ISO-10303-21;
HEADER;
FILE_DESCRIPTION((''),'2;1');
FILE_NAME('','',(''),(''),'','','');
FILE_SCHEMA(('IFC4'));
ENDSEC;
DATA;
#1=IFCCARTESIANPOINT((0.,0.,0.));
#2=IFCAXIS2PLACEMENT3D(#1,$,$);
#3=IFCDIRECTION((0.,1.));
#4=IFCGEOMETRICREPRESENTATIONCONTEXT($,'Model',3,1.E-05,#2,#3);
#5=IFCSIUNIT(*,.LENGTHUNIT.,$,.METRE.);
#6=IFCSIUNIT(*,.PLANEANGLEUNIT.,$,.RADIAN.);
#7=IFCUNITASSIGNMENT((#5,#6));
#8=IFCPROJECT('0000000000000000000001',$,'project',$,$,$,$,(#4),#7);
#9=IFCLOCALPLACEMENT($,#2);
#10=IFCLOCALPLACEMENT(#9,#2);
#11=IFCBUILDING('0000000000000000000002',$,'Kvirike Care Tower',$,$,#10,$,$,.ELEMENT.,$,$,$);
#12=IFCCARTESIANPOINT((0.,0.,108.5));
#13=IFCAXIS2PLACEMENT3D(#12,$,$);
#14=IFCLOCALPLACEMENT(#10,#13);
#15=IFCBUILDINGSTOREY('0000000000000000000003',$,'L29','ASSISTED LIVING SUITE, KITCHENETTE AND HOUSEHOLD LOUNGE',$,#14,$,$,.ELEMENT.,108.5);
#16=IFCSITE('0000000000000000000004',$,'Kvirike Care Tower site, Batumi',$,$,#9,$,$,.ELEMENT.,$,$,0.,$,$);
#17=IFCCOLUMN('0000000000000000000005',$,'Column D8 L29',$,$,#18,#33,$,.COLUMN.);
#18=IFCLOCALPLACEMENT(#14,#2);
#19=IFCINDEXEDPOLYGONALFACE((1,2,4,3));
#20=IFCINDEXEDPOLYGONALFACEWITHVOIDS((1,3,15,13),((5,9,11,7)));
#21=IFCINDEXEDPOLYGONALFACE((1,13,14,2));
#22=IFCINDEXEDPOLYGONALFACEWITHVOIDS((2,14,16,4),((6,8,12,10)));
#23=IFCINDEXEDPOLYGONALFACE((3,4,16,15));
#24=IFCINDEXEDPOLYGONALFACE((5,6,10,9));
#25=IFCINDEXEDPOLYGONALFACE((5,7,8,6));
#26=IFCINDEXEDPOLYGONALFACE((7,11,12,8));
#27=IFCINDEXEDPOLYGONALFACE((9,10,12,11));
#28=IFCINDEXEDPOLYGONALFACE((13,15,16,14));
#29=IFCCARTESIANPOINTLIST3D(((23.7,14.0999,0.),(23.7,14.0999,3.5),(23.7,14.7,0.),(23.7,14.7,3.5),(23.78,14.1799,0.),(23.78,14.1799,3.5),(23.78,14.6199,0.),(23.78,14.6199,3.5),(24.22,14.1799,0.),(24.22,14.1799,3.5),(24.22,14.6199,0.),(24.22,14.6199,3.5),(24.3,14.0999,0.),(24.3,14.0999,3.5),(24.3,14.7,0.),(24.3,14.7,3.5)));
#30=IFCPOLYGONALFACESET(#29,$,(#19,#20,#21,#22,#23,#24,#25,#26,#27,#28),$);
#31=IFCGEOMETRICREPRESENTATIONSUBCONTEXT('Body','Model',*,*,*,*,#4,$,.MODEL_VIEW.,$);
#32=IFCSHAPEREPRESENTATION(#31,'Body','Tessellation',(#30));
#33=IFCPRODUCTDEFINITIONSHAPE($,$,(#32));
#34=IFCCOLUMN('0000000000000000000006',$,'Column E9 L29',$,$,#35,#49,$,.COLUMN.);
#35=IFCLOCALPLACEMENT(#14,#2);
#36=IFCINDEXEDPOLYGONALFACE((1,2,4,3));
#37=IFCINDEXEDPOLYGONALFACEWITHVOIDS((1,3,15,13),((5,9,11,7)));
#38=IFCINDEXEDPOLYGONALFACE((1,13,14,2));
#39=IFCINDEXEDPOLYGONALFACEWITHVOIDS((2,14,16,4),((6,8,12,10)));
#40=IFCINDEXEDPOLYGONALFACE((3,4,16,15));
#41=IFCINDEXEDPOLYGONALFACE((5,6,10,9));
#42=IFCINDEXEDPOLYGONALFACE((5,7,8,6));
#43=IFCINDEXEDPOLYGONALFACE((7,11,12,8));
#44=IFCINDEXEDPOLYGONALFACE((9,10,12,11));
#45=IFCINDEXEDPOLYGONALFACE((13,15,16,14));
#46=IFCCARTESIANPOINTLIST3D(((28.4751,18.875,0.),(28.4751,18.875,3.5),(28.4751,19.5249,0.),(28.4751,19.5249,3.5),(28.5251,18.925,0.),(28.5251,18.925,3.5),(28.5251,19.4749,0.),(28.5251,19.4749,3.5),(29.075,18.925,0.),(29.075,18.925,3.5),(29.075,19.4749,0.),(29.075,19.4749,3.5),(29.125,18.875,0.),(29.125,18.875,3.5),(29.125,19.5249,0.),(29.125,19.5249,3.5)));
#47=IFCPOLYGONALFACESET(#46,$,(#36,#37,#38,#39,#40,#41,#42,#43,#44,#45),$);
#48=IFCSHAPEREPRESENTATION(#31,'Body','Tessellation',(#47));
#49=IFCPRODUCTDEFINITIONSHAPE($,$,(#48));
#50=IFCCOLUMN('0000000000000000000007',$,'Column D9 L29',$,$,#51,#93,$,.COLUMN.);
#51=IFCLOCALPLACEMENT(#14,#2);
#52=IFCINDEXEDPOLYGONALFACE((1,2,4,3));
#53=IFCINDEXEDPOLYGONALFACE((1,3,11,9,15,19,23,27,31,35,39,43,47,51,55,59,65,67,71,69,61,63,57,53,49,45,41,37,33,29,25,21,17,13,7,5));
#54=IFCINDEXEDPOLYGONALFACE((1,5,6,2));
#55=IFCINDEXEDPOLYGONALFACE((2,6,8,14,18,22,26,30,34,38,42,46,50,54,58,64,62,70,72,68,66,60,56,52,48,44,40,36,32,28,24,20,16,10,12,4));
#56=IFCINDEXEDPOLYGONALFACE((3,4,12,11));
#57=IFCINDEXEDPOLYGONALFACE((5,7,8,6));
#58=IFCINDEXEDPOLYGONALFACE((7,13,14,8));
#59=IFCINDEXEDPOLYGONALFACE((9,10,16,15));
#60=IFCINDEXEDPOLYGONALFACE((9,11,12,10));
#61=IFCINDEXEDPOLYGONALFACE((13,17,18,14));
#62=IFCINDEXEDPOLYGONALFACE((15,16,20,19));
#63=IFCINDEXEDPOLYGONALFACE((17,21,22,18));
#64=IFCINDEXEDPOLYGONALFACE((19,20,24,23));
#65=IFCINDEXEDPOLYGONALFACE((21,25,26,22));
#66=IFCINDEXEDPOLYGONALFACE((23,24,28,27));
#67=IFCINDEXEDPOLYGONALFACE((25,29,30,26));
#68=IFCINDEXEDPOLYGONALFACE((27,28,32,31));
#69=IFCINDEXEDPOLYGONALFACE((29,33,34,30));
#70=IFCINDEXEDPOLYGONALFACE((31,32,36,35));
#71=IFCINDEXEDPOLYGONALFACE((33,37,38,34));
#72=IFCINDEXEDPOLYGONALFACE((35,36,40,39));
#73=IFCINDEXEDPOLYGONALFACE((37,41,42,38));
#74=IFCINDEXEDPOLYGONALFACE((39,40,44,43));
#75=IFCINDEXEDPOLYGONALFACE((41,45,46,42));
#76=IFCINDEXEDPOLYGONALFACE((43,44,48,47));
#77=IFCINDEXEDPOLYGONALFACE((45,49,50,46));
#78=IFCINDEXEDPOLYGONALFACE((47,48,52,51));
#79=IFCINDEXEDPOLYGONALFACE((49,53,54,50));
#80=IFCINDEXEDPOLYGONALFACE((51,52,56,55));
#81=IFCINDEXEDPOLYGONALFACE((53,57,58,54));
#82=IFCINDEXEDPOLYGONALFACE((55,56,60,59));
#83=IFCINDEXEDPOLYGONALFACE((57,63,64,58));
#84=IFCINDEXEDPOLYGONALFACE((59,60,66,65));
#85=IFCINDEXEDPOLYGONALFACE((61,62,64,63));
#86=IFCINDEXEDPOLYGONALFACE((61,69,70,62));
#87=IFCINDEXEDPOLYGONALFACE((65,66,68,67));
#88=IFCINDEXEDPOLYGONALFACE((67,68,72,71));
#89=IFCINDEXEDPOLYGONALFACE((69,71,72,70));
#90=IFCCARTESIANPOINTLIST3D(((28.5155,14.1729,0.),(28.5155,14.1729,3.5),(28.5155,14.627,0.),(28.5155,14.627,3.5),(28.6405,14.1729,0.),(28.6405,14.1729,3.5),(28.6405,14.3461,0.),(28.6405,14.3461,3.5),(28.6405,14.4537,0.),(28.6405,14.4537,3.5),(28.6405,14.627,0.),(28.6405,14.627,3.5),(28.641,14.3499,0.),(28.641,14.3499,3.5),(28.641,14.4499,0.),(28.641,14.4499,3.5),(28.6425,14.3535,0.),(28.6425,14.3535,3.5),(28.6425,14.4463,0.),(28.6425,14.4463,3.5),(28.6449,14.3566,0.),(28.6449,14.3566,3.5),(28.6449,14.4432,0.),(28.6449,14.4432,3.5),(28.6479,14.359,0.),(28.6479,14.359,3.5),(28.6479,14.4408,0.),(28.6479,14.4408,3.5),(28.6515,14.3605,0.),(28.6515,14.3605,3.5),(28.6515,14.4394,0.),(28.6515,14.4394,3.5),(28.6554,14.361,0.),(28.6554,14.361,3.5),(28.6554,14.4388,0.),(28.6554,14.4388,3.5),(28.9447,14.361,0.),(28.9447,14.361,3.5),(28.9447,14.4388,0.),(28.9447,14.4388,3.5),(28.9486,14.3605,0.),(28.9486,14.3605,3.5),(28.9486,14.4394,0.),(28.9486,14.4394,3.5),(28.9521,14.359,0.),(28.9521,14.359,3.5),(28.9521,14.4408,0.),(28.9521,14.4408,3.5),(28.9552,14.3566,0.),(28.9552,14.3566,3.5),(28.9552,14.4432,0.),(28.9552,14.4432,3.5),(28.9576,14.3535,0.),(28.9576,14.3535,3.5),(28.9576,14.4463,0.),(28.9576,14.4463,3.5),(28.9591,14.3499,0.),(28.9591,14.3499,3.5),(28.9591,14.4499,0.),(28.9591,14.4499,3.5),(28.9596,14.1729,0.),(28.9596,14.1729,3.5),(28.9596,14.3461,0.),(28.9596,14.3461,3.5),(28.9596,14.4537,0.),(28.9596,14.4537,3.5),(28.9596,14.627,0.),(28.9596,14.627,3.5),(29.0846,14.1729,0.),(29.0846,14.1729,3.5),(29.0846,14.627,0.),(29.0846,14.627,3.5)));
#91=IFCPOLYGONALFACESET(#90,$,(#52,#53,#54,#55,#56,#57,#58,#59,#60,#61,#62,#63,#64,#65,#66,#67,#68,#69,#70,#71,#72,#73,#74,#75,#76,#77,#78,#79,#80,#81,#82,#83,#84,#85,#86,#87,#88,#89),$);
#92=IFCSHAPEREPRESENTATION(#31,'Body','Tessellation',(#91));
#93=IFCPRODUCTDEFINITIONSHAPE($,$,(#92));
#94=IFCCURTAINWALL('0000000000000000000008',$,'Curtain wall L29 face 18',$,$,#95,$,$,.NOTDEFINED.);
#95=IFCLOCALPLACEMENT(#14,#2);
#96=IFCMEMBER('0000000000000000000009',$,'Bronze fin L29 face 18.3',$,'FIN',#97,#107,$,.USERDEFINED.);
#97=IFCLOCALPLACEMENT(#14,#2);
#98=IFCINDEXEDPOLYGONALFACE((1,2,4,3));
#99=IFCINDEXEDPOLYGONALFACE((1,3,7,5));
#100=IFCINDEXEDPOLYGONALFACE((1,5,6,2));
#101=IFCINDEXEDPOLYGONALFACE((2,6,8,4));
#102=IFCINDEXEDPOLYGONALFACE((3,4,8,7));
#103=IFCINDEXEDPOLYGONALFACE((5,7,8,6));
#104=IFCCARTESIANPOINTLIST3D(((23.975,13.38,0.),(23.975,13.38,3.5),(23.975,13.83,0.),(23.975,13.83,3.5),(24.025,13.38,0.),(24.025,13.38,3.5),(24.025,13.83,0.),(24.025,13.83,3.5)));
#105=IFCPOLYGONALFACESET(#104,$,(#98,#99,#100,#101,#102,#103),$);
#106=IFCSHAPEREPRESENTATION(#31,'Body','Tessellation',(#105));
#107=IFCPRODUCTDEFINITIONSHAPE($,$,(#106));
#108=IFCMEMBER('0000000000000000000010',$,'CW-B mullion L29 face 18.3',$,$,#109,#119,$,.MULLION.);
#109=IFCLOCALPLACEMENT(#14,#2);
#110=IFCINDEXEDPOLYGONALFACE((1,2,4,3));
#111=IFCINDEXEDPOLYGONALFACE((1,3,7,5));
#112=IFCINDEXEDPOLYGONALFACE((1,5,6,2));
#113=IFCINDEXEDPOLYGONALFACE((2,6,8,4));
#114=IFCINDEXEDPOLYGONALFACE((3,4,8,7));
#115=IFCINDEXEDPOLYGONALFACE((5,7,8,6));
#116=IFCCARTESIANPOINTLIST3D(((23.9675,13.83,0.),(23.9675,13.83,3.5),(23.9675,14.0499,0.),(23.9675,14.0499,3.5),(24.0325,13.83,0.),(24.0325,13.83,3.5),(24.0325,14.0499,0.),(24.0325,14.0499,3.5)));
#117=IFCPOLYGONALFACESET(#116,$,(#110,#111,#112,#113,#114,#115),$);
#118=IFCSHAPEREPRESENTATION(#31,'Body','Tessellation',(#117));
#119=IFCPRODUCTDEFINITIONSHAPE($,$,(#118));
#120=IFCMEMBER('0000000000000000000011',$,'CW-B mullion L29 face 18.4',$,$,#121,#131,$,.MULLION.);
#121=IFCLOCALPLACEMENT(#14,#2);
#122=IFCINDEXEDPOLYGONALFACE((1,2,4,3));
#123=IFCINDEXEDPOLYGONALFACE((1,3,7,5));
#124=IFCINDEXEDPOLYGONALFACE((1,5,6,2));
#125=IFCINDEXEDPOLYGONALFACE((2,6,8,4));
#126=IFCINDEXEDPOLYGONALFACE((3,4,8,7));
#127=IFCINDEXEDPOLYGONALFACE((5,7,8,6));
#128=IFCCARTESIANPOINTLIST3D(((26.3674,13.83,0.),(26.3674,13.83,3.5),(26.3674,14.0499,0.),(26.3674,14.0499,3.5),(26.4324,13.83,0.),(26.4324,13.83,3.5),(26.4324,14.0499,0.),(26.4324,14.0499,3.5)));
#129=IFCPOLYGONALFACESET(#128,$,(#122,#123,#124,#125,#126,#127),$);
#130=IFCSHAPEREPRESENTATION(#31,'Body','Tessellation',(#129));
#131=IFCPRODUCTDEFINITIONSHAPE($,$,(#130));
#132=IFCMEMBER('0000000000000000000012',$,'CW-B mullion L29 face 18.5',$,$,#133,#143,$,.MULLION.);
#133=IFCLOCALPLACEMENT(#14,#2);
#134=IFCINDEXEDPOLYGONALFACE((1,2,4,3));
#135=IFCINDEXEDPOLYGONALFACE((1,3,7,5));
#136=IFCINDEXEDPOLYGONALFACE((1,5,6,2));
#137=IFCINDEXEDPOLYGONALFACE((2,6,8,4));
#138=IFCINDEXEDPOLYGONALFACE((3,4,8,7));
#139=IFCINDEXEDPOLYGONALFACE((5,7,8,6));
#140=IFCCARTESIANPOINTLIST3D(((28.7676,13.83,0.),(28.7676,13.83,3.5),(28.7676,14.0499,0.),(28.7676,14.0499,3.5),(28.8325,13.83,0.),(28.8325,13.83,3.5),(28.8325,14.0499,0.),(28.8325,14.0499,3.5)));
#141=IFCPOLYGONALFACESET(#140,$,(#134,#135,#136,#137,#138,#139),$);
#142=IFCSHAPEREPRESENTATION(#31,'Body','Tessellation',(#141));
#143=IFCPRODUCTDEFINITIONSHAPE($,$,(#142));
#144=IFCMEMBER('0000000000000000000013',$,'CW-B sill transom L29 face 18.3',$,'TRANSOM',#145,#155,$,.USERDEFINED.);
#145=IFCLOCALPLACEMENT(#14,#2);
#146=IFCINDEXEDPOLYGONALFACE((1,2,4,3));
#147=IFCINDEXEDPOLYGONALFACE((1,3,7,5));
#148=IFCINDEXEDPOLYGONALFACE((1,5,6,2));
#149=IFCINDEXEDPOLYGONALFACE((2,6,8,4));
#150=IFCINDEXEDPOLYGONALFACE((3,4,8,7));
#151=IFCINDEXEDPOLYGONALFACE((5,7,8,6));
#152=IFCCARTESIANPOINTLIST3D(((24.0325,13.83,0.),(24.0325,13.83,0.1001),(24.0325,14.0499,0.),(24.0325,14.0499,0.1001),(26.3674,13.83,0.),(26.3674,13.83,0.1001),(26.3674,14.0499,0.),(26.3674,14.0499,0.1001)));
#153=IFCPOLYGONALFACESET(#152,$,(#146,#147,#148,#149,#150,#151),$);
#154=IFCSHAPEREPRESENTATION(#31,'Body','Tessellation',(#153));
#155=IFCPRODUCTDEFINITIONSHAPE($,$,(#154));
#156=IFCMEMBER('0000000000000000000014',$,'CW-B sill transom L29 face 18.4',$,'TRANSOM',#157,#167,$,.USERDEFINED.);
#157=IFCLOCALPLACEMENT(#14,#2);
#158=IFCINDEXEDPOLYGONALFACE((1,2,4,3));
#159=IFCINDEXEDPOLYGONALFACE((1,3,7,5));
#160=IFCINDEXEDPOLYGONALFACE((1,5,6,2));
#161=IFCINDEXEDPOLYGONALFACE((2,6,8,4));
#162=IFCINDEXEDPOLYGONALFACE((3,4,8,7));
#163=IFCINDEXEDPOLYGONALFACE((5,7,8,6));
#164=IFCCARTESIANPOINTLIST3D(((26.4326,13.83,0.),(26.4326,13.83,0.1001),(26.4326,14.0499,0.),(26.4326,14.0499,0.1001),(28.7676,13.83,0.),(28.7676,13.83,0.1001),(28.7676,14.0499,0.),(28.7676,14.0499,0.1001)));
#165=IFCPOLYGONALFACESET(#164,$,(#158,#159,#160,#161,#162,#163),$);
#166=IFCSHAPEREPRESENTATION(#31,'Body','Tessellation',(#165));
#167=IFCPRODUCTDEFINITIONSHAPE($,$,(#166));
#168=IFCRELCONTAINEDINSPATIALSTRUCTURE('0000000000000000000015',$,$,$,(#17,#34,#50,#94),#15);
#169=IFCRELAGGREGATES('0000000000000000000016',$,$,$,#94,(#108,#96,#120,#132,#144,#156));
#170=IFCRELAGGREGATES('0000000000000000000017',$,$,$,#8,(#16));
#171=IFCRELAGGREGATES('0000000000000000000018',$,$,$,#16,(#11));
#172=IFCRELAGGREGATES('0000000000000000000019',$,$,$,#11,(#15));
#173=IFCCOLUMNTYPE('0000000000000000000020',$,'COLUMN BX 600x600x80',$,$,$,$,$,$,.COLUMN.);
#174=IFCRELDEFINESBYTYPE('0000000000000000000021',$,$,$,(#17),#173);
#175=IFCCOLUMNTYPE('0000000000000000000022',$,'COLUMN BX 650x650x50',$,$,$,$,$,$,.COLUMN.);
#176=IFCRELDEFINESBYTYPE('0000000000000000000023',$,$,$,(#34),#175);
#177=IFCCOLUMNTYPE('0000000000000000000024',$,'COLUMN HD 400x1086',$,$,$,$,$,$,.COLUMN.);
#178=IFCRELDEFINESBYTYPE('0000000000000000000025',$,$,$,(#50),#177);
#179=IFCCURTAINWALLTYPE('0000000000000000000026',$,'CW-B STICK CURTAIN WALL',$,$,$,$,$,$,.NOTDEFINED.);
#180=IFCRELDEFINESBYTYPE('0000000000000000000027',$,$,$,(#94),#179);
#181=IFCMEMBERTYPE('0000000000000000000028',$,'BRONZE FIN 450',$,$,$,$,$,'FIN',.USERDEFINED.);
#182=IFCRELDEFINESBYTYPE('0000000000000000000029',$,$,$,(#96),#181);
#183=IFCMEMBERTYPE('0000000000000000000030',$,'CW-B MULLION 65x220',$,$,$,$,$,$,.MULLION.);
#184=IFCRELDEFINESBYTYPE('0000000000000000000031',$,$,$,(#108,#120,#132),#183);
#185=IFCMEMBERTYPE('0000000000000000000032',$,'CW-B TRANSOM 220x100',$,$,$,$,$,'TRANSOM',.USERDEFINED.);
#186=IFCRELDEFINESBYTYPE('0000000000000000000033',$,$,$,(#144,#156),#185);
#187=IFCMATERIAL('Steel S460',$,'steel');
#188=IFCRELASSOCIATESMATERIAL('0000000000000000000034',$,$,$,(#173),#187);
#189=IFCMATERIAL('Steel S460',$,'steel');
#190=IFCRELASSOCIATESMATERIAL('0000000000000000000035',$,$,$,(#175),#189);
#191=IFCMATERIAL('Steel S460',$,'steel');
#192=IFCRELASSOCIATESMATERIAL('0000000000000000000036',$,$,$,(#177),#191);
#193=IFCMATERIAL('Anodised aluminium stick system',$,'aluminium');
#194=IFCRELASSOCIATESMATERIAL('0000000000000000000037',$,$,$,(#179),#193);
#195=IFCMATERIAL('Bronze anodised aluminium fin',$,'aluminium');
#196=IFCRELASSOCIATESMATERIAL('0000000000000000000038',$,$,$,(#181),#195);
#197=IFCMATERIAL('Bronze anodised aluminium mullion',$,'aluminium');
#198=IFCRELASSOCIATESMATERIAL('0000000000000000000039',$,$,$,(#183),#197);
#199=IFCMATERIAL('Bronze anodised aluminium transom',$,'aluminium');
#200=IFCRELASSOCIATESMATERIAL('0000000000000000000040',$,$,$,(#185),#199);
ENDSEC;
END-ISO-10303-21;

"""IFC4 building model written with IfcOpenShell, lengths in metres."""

from ifc_helpers import new_model, si_unit, direction, frame, origin, origin_2d, place, context, subcontext, project, spatial, rectangle, hollow_rectangle, i_section, extrude, material, material_profile, profile_set, type_object, element, aggregate, save


model = new_model("IFC4")

# Units and contexts
model_context = context("Model", 3, precision=1e-05, world=origin(), true_north=direction((0.0, 1.0)))
body_context = subcontext(model_context, "Body", "Model", "MODEL_VIEW")
ifc_project = project(units=[si_unit("LENGTHUNIT", "METRE"), si_unit("PLANEANGLEUNIT", "RADIAN")], contexts=[model_context])

# Site, building, storey
site_placement = place(None, origin())
site = spatial("IfcSite", under=ifc_project, at=site_placement, Name="Kvirike Care Tower site, Batumi", CompositionType="ELEMENT", RefElevation=0.0)
building_placement = place(site_placement, origin())
building = spatial("IfcBuilding", under=site, at=building_placement, Name="Kvirike Care Tower", CompositionType="ELEMENT")
storey_placement = place(building_placement, frame((0.0, 0.0, 108.5)))
storey = spatial("IfcBuildingStorey", under=building, at=storey_placement, Name="L29", Description="ASSISTED LIVING SUITE, KITCHENETTE AND HOUSEHOLD LOUNGE", CompositionType="ELEMENT", Elevation=108.5)

# Columns
ifc_material_1 = material(Name="Steel S460", Category="steel")
ifc_material_profile_1 = material_profile(ifc_material_1, hollow_rectangle(XDim=0.6001, YDim=0.6001, WallThickness=0.0801, at=origin_2d()), Name="BX 600x600x80")
ifc_profile_set_1 = profile_set([ifc_material_profile_1], Name="Steel S460")
column_type_1 = type_object("IfcColumnType", Name="COLUMN BX 600x600x80", PredefinedType="COLUMN", material=ifc_profile_set_1)
column_1_placement = place(storey_placement, frame((24.0, 14.3999, 0.0), z_axis=(0.0, 0.0, 1.0), x_axis=(0.0, 1.0, 0.0)))
element("IfcColumn", 1, at=column_1_placement, inside=storey, type_object=column_type_1, Name="Column D8 L29", PredefinedType="COLUMN", context=body_context, shape_type="SweptSolid", body=[
    extrude(hollow_rectangle(XDim=0.6001, YDim=0.6001, WallThickness=0.0801, at=origin_2d()), origin(), (0.0, 0.0, 1.0), 3.5),
])
ifc_material_2 = material(Name="Steel S460", Category="steel")
ifc_material_profile_2 = material_profile(ifc_material_2, hollow_rectangle(XDim=0.6499, YDim=0.6499, WallThickness=0.05, at=origin_2d()), Name="BX 650x650x50")
ifc_profile_set_2 = profile_set([ifc_material_profile_2], Name="Steel S460")
column_type_2 = type_object("IfcColumnType", Name="COLUMN BX 650x650x50", PredefinedType="COLUMN", material=ifc_profile_set_2)
column_2_placement = place(storey_placement, frame((28.8, 19.2, 0.0), z_axis=(0.0, 0.0, 1.0), x_axis=(1.0, 0.0, 0.0)))
element("IfcColumn", 2, at=column_2_placement, inside=storey, type_object=column_type_2, Name="Column E9 L29", PredefinedType="COLUMN", context=body_context, shape_type="SweptSolid", body=[
    extrude(hollow_rectangle(XDim=0.6499, YDim=0.6499, WallThickness=0.05, at=origin_2d()), origin(), (0.0, 0.0, 1.0), 3.5),
])
ifc_material_3 = material(Name="Steel S460", Category="steel")
ifc_material_profile_3 = material_profile(ifc_material_3, i_section(OverallWidth=0.4541, OverallDepth=0.5691, WebThickness=0.0779, FlangeThickness=0.125, FilletRadius=0.0149, at=origin_2d()), Name="HD 400x1086")
ifc_profile_set_3 = profile_set([ifc_material_profile_3], Name="Steel S460")
column_type_3 = type_object("IfcColumnType", Name="COLUMN HD 400x1086", PredefinedType="COLUMN", material=ifc_profile_set_3)
column_3_placement = place(storey_placement, frame((28.8, 14.3999, 0.0), z_axis=(0.0, 0.0, 1.0), x_axis=(0.0, 1.0, 0.0)))
element("IfcColumn", 3, at=column_3_placement, inside=storey, type_object=column_type_3, Name="Column D9 L29", PredefinedType="COLUMN", context=body_context, shape_type="SweptSolid", body=[
    extrude(i_section(OverallWidth=0.4541, OverallDepth=0.5691, WebThickness=0.0779, FlangeThickness=0.125, FilletRadius=0.0149, at=origin_2d()), origin(), (0.0, 0.0, 1.0), 3.5),
])

# Curtain wall, members
ifc_material_4 = material(Name="Anodised aluminium stick system", Category="aluminium")
curtain_wall_type = type_object("IfcCurtainWallType", Name="CW-B STICK CURTAIN WALL", PredefinedType="NOTDEFINED", material=ifc_material_4)
curtain_wall_placement = place(storey_placement, origin())
curtain_wall = element("IfcCurtainWall", 4, at=curtain_wall_placement, inside=storey, type_object=curtain_wall_type, Name="Curtain wall L29 face 18", PredefinedType="NOTDEFINED")
ifc_material_5 = material(Name="Bronze anodised aluminium fin", Category="aluminium")
ifc_material_profile_4 = material_profile(ifc_material_5, rectangle(XDim=0.05, YDim=0.45, at=origin_2d()), Name="BRONZE FIN 450")
ifc_profile_set_4 = profile_set([ifc_material_profile_4], Name="Bronze anodised aluminium fin")
member_type_1 = type_object("IfcMemberType", Name="BRONZE FIN 450", ElementType="FIN", PredefinedType="USERDEFINED", material=ifc_profile_set_4)
member_1_placement = place(storey_placement, frame((24.0, 13.605, 0.0), z_axis=(0.0, 0.0, 1.0), x_axis=(1.0, 0.0, 0.0)))
member_1 = element("IfcMember", 5, at=member_1_placement, type_object=member_type_1, Name="Bronze fin L29 face 18.3", ObjectType="FIN", PredefinedType="USERDEFINED", context=body_context, shape_type="SweptSolid", body=[
    extrude(rectangle(XDim=0.05, YDim=0.45, at=origin_2d()), origin(), (0.0, 0.0, 1.0), 3.5),
])
ifc_material_6 = material(Name="Bronze anodised aluminium mullion", Category="aluminium")
ifc_material_profile_5 = material_profile(ifc_material_6, rectangle(XDim=0.0649, YDim=0.22, at=origin_2d()), Name="CW-B MULLION 65x220")
ifc_profile_set_5 = profile_set([ifc_material_profile_5], Name="Bronze anodised aluminium mullion")
member_type_2 = type_object("IfcMemberType", Name="CW-B MULLION 65x220", PredefinedType="MULLION", material=ifc_profile_set_5)
member_2_placement = place(storey_placement, frame((24.0, 13.9399, 0.0), z_axis=(0.0, 0.0, 1.0), x_axis=(1.0, 0.0, 0.0)))
member_2 = element("IfcMember", 6, at=member_2_placement, type_object=member_type_2, Name="CW-B mullion L29 face 18.3", PredefinedType="MULLION", context=body_context, shape_type="SweptSolid", body=[
    extrude(rectangle(XDim=0.0649, YDim=0.22, at=origin_2d()), origin(), (0.0, 0.0, 1.0), 3.5),
])
member_3_placement = place(storey_placement, frame((26.3999, 13.9399, 0.0), z_axis=(0.0, 0.0, 1.0), x_axis=(1.0, 0.0, 0.0)))
member_3 = element("IfcMember", 7, at=member_3_placement, type_object=member_type_2, Name="CW-B mullion L29 face 18.4", PredefinedType="MULLION", context=body_context, shape_type="SweptSolid", body=[
    extrude(rectangle(XDim=0.0649, YDim=0.22, at=origin_2d()), origin(), (0.0, 0.0, 1.0), 3.5),
])
member_4_placement = place(storey_placement, frame((28.8, 13.9399, 0.0), z_axis=(0.0, 0.0, 1.0), x_axis=(1.0, 0.0, 0.0)))
member_4 = element("IfcMember", 8, at=member_4_placement, type_object=member_type_2, Name="CW-B mullion L29 face 18.5", PredefinedType="MULLION", context=body_context, shape_type="SweptSolid", body=[
    extrude(rectangle(XDim=0.0649, YDim=0.22, at=origin_2d()), origin(), (0.0, 0.0, 1.0), 3.5),
])
ifc_material_7 = material(Name="Bronze anodised aluminium transom", Category="aluminium")
ifc_material_profile_6 = material_profile(ifc_material_7, rectangle(XDim=0.22, YDim=0.1001, at=origin_2d()), Name="CW-B TRANSOM 220x100")
ifc_profile_set_6 = profile_set([ifc_material_profile_6], Name="Bronze anodised aluminium transom")
member_type_3 = type_object("IfcMemberType", Name="CW-B TRANSOM 220x100", ElementType="TRANSOM", PredefinedType="USERDEFINED", material=ifc_profile_set_6)
member_5_placement = place(storey_placement, frame((24.0325, 13.9399, 0.05), z_axis=(1.0, 0.0, 0.0), x_axis=(0.0, 1.0, 0.0)))
member_5 = element("IfcMember", 9, at=member_5_placement, type_object=member_type_3, Name="CW-B sill transom L29 face 18.3", ObjectType="TRANSOM", PredefinedType="USERDEFINED", context=body_context, shape_type="SweptSolid", body=[
    extrude(rectangle(XDim=0.22, YDim=0.1001, at=origin_2d()), origin(), (0.0, 0.0, 1.0), 2.335),
])
member_6_placement = place(storey_placement, frame((26.4326, 13.9399, 0.05), z_axis=(1.0, 0.0, 0.0), x_axis=(0.0, 1.0, 0.0)))
member_6 = element("IfcMember", 10, at=member_6_placement, type_object=member_type_3, Name="CW-B sill transom L29 face 18.4", ObjectType="TRANSOM", PredefinedType="USERDEFINED", context=body_context, shape_type="SweptSolid", body=[
    extrude(rectangle(XDim=0.22, YDim=0.1001, at=origin_2d()), origin(), (0.0, 0.0, 1.0), 2.335),
])

aggregate(curtain_wall, [member_2, member_1, member_3, member_4, member_5, member_6])

save(model, "model.ifc")
